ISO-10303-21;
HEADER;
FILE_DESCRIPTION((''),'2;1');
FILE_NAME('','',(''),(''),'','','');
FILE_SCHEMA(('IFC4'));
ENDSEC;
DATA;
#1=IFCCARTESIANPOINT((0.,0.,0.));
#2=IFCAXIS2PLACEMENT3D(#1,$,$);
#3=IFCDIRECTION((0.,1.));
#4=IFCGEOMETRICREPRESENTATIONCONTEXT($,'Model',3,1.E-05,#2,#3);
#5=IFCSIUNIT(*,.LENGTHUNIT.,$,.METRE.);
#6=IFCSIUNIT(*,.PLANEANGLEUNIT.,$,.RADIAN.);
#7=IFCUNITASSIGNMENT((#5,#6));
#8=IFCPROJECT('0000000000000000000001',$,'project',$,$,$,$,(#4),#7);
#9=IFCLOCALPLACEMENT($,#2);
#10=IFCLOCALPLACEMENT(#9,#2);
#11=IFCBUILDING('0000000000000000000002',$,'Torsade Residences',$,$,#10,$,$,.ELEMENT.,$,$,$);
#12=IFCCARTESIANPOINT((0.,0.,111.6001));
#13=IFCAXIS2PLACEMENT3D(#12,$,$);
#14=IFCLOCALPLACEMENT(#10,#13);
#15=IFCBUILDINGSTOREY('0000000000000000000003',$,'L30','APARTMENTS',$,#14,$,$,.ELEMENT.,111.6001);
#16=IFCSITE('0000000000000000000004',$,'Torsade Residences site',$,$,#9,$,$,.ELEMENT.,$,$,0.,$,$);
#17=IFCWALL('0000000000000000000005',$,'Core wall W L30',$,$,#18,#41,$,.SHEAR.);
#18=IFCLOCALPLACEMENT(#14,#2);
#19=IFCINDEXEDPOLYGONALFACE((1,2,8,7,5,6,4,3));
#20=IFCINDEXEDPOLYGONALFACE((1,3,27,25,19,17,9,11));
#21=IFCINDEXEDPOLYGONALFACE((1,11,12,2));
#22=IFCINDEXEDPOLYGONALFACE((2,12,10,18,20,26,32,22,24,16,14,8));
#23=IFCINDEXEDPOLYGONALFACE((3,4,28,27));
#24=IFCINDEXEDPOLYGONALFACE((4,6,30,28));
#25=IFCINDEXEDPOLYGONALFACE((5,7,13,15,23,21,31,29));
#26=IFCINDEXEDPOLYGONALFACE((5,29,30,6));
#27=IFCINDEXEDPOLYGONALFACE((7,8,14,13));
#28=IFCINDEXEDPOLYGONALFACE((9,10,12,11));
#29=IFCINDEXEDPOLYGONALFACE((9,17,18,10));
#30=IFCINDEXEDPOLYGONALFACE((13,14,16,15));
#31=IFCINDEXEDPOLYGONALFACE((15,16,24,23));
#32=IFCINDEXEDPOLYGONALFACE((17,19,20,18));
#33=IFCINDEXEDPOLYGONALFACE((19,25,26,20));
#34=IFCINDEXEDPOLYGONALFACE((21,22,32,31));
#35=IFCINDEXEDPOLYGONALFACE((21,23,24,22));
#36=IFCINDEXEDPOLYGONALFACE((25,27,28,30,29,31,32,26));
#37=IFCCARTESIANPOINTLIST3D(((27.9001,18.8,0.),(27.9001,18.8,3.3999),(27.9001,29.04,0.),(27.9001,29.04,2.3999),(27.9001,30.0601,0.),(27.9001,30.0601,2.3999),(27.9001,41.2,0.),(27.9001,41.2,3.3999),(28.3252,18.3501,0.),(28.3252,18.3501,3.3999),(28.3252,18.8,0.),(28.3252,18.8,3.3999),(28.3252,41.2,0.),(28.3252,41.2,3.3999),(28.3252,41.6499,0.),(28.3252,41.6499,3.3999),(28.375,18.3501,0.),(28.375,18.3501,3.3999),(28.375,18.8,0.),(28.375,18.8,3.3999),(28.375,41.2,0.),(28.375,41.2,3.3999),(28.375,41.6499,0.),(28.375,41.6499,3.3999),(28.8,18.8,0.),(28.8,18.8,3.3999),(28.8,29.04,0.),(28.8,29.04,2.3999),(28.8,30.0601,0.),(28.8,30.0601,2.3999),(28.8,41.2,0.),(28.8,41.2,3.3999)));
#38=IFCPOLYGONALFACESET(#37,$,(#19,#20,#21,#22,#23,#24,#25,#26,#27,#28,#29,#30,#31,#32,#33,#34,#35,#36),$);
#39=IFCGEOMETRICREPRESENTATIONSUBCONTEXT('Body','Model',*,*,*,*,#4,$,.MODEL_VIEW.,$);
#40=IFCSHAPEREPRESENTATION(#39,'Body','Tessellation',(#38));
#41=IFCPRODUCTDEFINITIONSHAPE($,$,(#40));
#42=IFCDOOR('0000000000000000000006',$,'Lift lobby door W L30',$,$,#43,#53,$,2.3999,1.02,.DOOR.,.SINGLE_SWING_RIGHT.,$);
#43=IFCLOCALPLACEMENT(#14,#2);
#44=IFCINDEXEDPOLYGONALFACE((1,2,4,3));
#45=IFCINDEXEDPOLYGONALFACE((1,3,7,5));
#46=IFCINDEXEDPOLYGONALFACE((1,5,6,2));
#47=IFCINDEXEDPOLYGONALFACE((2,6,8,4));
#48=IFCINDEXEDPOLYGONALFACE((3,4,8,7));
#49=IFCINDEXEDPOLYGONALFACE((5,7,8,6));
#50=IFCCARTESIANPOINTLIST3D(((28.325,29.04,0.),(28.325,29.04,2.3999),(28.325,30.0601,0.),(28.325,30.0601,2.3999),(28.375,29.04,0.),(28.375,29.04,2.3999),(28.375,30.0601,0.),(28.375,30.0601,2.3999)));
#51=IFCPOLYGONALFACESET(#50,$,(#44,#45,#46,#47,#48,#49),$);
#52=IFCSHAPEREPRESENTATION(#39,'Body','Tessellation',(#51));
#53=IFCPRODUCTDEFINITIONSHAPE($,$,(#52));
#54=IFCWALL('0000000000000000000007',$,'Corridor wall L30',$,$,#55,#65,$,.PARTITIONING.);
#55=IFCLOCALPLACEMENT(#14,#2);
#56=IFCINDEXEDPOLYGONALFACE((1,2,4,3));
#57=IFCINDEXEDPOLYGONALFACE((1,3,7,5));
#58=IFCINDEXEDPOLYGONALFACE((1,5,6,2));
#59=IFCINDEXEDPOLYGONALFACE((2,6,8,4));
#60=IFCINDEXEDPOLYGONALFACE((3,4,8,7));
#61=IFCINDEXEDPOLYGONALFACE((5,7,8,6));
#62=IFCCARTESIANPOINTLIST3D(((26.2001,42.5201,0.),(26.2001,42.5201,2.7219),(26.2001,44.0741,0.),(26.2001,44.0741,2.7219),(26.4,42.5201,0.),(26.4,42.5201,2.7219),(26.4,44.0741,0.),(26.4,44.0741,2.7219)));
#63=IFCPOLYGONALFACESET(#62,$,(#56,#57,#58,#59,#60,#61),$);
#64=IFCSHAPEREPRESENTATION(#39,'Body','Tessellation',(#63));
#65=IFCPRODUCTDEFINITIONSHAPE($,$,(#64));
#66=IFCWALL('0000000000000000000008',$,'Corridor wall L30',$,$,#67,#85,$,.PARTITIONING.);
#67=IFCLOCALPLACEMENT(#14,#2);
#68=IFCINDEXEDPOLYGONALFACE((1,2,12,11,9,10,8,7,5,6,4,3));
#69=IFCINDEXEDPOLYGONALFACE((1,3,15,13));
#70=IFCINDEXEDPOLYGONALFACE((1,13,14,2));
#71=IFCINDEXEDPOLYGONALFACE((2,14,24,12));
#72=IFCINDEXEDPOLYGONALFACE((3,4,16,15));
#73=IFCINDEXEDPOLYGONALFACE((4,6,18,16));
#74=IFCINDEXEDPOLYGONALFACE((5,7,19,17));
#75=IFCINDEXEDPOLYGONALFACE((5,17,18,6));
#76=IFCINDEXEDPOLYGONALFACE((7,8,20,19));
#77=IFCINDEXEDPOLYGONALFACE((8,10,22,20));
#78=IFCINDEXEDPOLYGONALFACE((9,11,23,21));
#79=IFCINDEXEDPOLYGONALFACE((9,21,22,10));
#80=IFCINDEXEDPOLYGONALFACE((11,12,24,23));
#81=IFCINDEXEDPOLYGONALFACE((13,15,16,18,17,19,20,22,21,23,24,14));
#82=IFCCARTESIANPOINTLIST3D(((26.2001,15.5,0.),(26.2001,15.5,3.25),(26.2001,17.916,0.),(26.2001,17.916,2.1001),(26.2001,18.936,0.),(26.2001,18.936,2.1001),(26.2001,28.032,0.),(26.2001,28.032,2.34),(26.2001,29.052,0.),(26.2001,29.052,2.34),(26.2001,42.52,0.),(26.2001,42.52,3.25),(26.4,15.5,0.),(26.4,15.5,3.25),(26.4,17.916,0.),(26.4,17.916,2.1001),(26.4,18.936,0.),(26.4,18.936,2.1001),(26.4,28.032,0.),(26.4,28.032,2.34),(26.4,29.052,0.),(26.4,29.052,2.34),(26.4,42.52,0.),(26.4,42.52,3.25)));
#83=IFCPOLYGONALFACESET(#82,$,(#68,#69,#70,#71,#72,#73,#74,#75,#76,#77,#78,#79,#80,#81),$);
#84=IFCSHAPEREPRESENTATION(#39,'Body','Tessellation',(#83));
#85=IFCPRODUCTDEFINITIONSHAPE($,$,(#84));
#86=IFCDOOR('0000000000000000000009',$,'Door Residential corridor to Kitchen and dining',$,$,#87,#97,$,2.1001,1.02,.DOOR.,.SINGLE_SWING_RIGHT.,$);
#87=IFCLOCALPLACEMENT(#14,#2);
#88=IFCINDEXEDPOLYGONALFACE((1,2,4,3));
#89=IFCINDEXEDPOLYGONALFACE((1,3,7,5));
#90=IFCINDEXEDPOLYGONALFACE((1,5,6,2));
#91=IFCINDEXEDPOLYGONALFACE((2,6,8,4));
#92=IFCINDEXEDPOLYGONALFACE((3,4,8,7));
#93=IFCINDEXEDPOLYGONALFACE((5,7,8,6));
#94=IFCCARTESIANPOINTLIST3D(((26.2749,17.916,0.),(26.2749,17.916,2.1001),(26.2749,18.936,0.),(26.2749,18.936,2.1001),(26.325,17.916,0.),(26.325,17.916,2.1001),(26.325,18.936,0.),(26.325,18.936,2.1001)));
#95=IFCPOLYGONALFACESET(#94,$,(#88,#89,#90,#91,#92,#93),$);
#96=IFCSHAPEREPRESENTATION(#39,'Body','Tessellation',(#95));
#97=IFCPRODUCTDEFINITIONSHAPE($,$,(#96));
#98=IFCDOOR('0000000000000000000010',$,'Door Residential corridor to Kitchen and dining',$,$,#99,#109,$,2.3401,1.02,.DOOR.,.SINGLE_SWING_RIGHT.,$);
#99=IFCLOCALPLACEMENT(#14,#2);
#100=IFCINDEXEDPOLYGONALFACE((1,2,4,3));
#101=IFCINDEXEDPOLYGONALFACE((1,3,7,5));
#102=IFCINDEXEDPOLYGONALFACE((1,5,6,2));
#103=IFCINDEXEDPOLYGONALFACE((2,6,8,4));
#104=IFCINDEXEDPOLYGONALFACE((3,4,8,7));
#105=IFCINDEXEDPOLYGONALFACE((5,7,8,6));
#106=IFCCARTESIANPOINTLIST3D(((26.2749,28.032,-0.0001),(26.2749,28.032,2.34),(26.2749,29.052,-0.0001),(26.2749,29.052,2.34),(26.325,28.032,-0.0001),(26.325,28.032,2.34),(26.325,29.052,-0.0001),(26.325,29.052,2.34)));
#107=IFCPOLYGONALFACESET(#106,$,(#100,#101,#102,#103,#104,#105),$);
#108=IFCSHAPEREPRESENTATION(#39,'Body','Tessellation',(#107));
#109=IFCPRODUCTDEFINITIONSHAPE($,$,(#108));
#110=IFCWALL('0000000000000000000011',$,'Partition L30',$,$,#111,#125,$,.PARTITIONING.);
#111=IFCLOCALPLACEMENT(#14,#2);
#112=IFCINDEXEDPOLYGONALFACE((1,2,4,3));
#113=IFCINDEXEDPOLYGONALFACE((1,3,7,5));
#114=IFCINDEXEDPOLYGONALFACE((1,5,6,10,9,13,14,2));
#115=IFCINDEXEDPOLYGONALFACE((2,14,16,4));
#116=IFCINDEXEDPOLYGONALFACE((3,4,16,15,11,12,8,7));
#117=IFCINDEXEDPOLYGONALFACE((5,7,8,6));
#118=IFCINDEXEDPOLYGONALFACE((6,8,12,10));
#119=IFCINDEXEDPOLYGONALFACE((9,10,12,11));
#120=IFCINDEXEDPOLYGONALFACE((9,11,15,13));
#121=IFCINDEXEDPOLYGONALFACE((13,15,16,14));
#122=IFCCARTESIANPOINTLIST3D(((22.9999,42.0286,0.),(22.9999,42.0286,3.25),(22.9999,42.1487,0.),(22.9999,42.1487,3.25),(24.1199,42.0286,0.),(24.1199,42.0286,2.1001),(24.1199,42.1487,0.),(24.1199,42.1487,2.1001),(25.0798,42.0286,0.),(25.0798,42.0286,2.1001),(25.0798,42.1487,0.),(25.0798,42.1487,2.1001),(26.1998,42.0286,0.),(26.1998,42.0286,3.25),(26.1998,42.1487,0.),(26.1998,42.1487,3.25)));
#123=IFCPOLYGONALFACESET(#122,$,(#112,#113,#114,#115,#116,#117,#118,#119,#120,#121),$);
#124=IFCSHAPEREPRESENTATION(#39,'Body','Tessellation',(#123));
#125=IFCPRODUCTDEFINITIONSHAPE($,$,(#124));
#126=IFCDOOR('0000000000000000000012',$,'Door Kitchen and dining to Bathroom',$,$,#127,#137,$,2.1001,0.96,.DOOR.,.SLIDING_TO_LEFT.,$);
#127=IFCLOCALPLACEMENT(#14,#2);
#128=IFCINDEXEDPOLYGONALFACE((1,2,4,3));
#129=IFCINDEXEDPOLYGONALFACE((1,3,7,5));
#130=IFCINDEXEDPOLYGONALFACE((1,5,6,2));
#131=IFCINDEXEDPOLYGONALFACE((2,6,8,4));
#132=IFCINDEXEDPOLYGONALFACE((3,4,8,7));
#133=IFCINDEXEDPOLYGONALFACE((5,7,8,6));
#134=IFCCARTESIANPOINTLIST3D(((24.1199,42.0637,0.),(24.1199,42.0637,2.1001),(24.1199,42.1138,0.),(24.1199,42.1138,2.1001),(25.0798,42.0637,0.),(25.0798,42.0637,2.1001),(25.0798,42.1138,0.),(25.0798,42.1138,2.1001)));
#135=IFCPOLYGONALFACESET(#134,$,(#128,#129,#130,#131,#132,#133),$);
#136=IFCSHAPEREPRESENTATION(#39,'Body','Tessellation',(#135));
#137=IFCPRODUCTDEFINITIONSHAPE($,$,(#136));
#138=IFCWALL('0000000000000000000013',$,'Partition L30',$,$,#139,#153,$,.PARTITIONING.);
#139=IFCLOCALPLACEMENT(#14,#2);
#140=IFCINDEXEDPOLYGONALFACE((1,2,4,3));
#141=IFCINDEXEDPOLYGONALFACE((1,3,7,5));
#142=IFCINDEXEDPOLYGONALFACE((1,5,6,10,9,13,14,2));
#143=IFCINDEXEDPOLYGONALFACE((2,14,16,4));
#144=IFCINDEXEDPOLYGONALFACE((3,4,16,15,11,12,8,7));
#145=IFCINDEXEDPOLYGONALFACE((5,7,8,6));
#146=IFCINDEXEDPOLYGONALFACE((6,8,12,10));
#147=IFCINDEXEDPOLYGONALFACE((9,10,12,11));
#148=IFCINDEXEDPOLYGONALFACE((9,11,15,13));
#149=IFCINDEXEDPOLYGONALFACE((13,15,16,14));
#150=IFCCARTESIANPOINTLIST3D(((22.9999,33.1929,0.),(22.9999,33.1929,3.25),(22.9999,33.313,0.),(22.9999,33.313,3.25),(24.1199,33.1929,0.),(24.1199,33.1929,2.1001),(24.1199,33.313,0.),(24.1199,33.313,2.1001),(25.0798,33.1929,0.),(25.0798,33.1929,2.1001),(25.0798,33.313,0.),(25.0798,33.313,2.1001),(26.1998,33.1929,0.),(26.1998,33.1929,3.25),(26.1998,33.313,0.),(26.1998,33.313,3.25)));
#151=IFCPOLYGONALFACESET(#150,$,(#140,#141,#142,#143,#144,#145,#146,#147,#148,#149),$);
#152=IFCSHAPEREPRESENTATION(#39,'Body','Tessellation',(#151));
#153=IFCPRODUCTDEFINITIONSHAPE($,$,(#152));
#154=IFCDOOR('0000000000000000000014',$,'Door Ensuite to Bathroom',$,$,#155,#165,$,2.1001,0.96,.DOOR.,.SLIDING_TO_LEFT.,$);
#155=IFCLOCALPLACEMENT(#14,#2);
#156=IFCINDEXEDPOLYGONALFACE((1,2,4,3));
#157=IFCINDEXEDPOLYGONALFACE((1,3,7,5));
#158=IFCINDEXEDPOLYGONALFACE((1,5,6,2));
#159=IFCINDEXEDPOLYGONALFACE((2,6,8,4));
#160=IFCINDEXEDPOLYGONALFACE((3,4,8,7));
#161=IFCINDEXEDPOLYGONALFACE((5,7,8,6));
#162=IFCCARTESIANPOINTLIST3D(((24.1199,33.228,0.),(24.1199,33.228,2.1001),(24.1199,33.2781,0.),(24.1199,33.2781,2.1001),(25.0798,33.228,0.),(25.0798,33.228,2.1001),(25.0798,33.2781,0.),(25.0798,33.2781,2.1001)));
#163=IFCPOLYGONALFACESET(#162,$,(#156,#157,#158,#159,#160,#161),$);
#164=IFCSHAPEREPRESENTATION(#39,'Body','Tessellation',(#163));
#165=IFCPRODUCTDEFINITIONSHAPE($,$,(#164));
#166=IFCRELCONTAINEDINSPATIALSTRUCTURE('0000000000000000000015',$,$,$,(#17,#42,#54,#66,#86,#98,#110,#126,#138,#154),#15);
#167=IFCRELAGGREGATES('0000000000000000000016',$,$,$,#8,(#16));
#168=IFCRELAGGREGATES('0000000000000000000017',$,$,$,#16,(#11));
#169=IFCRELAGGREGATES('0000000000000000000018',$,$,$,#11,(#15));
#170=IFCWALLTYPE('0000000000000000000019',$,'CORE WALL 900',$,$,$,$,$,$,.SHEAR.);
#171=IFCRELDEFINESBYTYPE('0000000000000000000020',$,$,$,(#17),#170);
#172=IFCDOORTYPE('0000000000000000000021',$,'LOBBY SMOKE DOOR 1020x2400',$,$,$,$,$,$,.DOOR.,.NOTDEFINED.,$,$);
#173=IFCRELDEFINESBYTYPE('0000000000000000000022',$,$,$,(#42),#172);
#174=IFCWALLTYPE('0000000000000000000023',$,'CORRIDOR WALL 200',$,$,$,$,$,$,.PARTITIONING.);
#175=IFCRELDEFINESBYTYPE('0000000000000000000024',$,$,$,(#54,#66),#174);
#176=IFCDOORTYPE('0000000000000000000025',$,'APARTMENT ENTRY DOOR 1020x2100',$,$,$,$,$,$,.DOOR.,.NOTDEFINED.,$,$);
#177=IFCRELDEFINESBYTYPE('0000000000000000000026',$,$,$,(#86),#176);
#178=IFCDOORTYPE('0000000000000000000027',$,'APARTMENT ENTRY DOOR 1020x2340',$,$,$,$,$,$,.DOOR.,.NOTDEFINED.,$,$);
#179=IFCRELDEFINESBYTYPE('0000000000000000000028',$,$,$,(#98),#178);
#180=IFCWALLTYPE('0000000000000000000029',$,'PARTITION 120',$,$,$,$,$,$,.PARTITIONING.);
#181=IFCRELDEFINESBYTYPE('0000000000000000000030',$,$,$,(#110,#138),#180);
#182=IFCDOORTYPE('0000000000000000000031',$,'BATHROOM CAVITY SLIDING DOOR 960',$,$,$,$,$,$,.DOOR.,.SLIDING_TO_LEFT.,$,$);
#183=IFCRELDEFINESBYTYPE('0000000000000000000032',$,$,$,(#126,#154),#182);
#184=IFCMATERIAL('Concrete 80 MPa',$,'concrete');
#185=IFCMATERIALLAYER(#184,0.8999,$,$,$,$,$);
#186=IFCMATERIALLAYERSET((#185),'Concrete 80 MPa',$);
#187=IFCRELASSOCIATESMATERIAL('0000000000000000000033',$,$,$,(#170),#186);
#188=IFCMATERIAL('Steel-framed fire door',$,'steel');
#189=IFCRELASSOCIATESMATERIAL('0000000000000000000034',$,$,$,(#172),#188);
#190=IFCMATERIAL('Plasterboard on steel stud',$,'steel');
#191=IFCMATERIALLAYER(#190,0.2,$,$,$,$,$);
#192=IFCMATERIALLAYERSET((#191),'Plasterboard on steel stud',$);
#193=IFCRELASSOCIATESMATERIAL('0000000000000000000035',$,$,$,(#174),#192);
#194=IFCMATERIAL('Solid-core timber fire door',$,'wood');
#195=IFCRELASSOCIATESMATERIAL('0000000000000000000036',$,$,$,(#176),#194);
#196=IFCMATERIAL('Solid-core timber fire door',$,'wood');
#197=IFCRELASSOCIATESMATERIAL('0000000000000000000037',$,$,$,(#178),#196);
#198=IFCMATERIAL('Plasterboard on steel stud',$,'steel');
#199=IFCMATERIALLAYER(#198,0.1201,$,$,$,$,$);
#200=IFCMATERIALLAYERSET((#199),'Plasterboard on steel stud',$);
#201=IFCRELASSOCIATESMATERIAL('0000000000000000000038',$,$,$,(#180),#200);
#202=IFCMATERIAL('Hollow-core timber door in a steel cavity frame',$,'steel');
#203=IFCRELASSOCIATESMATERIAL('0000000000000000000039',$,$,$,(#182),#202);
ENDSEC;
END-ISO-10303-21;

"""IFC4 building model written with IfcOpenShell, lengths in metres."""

from ifc_helpers import new_model, si_unit, direction, frame, frame_2d, origin, place, context, subcontext, project, spatial, polyline, rectangle, outline, extrude, material, layer, layer_set, type_object, element, fill, save


model = new_model("IFC4")

# Units and contexts
model_context = context("Model", 3, precision=1e-05, world=origin(), true_north=direction((0.0, 1.0)))
body_context = subcontext(model_context, "Body", "Model", "MODEL_VIEW")
ifc_project = project(units=[si_unit("LENGTHUNIT", "METRE"), si_unit("PLANEANGLEUNIT", "RADIAN")], contexts=[model_context])

# Site, building, storey
site_placement = place(None, origin())
site = spatial("IfcSite", under=ifc_project, at=site_placement, Name="Torsade Residences site", CompositionType="ELEMENT", RefElevation=0.0)
building_placement = place(site_placement, origin())
building = spatial("IfcBuilding", under=site, at=building_placement, Name="Torsade Residences", CompositionType="ELEMENT")
storey_placement = place(building_placement, frame((0.0, 0.0, 111.6001)))
storey = spatial("IfcBuildingStorey", under=building, at=storey_placement, Name="L30", Description="APARTMENTS", CompositionType="ELEMENT", Elevation=111.6001)

# Shared definitions
ifc_material_1 = material(Name="Concrete 80 MPa", Category="concrete")
ifc_layer_1 = layer(ifc_material_1, 0.8999)
ifc_layer_set_1 = layer_set([ifc_layer_1], Name="Concrete 80 MPa")
wall_type_1 = type_object("IfcWallType", Name="CORE WALL 900", PredefinedType="SHEAR", material=ifc_layer_set_1)

# Wall, opening, door
wall_1_placement = place(storey_placement, frame((28.3501, 41.2, 0.0), z_axis=(0.0, 0.0, 1.0), x_axis=(0.0, -1.0, 0.0)))
wall_1 = element("IfcWall", 1, at=wall_1_placement, inside=storey, type_object=wall_type_1, Name="Core wall W L30", PredefinedType="SHEAR", context=body_context, shape_type="SweptSolid", body=[
    extrude(outline(polyline([(0.0, -0.45), (22.3999, -0.45), (22.3999, -0.0249), (22.8499, -0.0249), (22.8499, 0.0249), (22.3999, 0.0249), (22.3999, 0.45), (0.0, 0.45), (0.0, 0.0249), (-0.45, 0.0249), (-0.45, -0.0249), (0.0, -0.0249), (0.0, -0.45)])), origin(), (0.0, 0.0, 1.0), 3.3999),
])
opening_1_placement = place(wall_1_placement, frame((11.1399, 0.0, 0.0)))
opening_1 = element("IfcOpeningElement", 2, at=opening_1_placement, cuts=wall_1, PredefinedType="OPENING", context=body_context, shape_type="SweptSolid", body=[
    extrude(rectangle(XDim=1.02, YDim=2.3999, at=frame_2d((0.51, 1.2))), frame((0.0, 0.46, 0.0), z_axis=(0.0, -1.0, 0.0), x_axis=(1.0, 0.0, 0.0)), (0.0, 0.0, 1.0), 0.9199),
])
ifc_material_2 = material(Name="Steel-framed fire door", Category="steel")
door_type_1 = type_object("IfcDoorType", Name="LOBBY SMOKE DOOR 1020x2400", OperationType="NOTDEFINED", PredefinedType="DOOR", material=ifc_material_2)
door_1_placement = place(opening_1_placement, origin())
door_1 = element("IfcDoor", 3, at=door_1_placement, inside=storey, type_object=door_type_1, Name="Lift lobby door W L30", OperationType="SINGLE_SWING_RIGHT", OverallHeight=2.3999, OverallWidth=1.02, PredefinedType="DOOR", context=body_context, shape_type="SweptSolid", body=[
    extrude(rectangle(XDim=1.02, YDim=2.3999, at=frame_2d((0.51, 1.2))), frame((0.0, 0.0249, 0.0), z_axis=(0.0, -1.0, 0.0), x_axis=(1.0, 0.0, 0.0)), (0.0, 0.0, 1.0), 0.05),
])
fill(opening_1, door_1)

# Wall
ifc_material_3 = material(Name="Plasterboard on steel stud", Category="steel")
ifc_layer_2 = layer(ifc_material_3, 0.2)
ifc_layer_set_2 = layer_set([ifc_layer_2], Name="Plasterboard on steel stud")
wall_type_2 = type_object("IfcWallType", Name="CORRIDOR WALL 200", PredefinedType="PARTITIONING", material=ifc_layer_set_2)
wall_2_placement = place(storey_placement, frame((26.3, 44.074, 0.0), z_axis=(0.0, 0.0, 1.0), x_axis=(0.0, -1.0, 0.0)))
element("IfcWall", 4, at=wall_2_placement, inside=storey, type_object=wall_type_2, Name="Corridor wall L30", PredefinedType="PARTITIONING", context=body_context, shape_type="SweptSolid", body=[
    extrude(rectangle(XDim=1.554, YDim=0.2, at=frame_2d((0.7769, 0.0))), origin(), (0.0, 0.0, 1.0), 2.7219),
])

# Wall, openings, doors
wall_3_placement = place(storey_placement, frame((26.3, 42.52, 0.0), z_axis=(0.0, 0.0, 1.0), x_axis=(0.0, -1.0, 0.0)))
wall_3 = element("IfcWall", 5, at=wall_3_placement, inside=storey, type_object=wall_type_2, Name="Corridor wall L30", PredefinedType="PARTITIONING", context=body_context, shape_type="SweptSolid", body=[
    extrude(rectangle(XDim=27.02, YDim=0.2, at=frame_2d((13.51, 0.0))), origin(), (0.0, 0.0, 1.0), 3.25),
])
opening_2_placement = place(wall_3_placement, frame((23.584, 0.0, 0.0)))
opening_2 = element("IfcOpeningElement", 6, at=opening_2_placement, cuts=wall_3, PredefinedType="OPENING", context=body_context, shape_type="SweptSolid", body=[
    extrude(rectangle(XDim=1.02, YDim=2.1001, at=frame_2d((0.51, 1.05))), frame((0.0, 0.1099, 0.0), z_axis=(0.0, -1.0, 0.0), x_axis=(1.0, 0.0, 0.0)), (0.0, 0.0, 1.0), 0.22),
])
opening_3_placement = place(wall_3_placement, frame((13.468, 0.0, 0.0)))
opening_3 = element("IfcOpeningElement", 7, at=opening_3_placement, cuts=wall_3, PredefinedType="OPENING", context=body_context, shape_type="SweptSolid", body=[
    extrude(rectangle(XDim=1.02, YDim=2.3401, at=frame_2d((0.51, 1.1699))), frame((0.0, 0.1099, 0.0), z_axis=(0.0, -1.0, 0.0), x_axis=(1.0, 0.0, 0.0)), (0.0, 0.0, 1.0), 0.22),
])
ifc_material_4 = material(Name="Solid-core timber fire door", Category="wood")
door_type_2 = type_object("IfcDoorType", Name="APARTMENT ENTRY DOOR 1020x2100", OperationType="NOTDEFINED", PredefinedType="DOOR", material=ifc_material_4)
door_2_placement = place(opening_2_placement, origin())
door_2 = element("IfcDoor", 8, at=door_2_placement, inside=storey, type_object=door_type_2, Name="Door Residential corridor to Kitchen and dining", OperationType="SINGLE_SWING_RIGHT", OverallHeight=2.1001, OverallWidth=1.02, PredefinedType="DOOR", context=body_context, shape_type="SweptSolid", body=[
    extrude(rectangle(XDim=1.02, YDim=2.1001, at=frame_2d((0.51, 1.05))), frame((0.0, 0.0249, 0.0), z_axis=(0.0, -1.0, 0.0), x_axis=(1.0, 0.0, 0.0)), (0.0, 0.0, 1.0), 0.05),
])
fill(opening_2, door_2)
ifc_material_5 = material(Name="Solid-core timber fire door", Category="wood")
door_type_3 = type_object("IfcDoorType", Name="APARTMENT ENTRY DOOR 1020x2340", OperationType="NOTDEFINED", PredefinedType="DOOR", material=ifc_material_5)
door_3_placement = place(opening_3_placement, origin())
door_3 = element("IfcDoor", 9, at=door_3_placement, inside=storey, type_object=door_type_3, Name="Door Residential corridor to Kitchen and dining", OperationType="SINGLE_SWING_RIGHT", OverallHeight=2.3401, OverallWidth=1.02, PredefinedType="DOOR", context=body_context, shape_type="SweptSolid", body=[
    extrude(rectangle(XDim=1.02, YDim=2.3401, at=frame_2d((0.51, 1.1699))), frame((0.0, 0.0249, 0.0), z_axis=(0.0, -1.0, 0.0), x_axis=(1.0, 0.0, 0.0)), (0.0, 0.0, 1.0), 0.05),
])
fill(opening_3, door_3)

# Walls, openings, doors
ifc_material_6 = material(Name="Plasterboard on steel stud", Category="steel")
ifc_layer_3 = layer(ifc_material_6, 0.1201)
ifc_layer_set_3 = layer_set([ifc_layer_3], Name="Plasterboard on steel stud")
wall_type_3 = type_object("IfcWallType", Name="PARTITION 120", PredefinedType="PARTITIONING", material=ifc_layer_set_3)
wall_4_placement = place(storey_placement, frame((26.2, 42.0886, 0.0), z_axis=(0.0, 0.0, 1.0), x_axis=(-1.0, 0.0, 0.0)))
wall_4 = element("IfcWall", 10, at=wall_4_placement, inside=storey, type_object=wall_type_3, Name="Partition L30", PredefinedType="PARTITIONING", context=body_context, shape_type="SweptSolid", body=[
    extrude(rectangle(XDim=3.2, YDim=0.1201, at=frame_2d((1.6001, 0.0))), origin(), (0.0, 0.0, 1.0), 3.25),
])
opening_4_placement = place(wall_4_placement, frame((1.1201, 0.0, 0.0)))
opening_4 = element("IfcOpeningElement", 11, at=opening_4_placement, cuts=wall_4, PredefinedType="OPENING", context=body_context, shape_type="SweptSolid", body=[
    extrude(rectangle(XDim=0.96, YDim=2.1001, at=frame_2d((0.48, 1.05))), frame((0.0, 0.0701, 0.0), z_axis=(0.0, -1.0, 0.0), x_axis=(1.0, 0.0, 0.0)), (0.0, 0.0, 1.0), 0.1401),
])
ifc_material_7 = material(Name="Hollow-core timber door in a steel cavity frame", Category="steel")
door_type_4 = type_object("IfcDoorType", Name="BATHROOM CAVITY SLIDING DOOR 960", OperationType="SLIDING_TO_LEFT", PredefinedType="DOOR", material=ifc_material_7)
door_4_placement = place(opening_4_placement, origin())
door_4 = element("IfcDoor", 12, at=door_4_placement, inside=storey, type_object=door_type_4, Name="Door Kitchen and dining to Bathroom", OperationType="SLIDING_TO_LEFT", OverallHeight=2.1001, OverallWidth=0.96, PredefinedType="DOOR", context=body_context, shape_type="SweptSolid", body=[
    extrude(rectangle(XDim=0.96, YDim=2.1001, at=frame_2d((0.48, 1.05))), frame((0.0, 0.0249, 0.0), z_axis=(0.0, -1.0, 0.0), x_axis=(1.0, 0.0, 0.0)), (0.0, 0.0, 1.0), 0.05),
])
fill(opening_4, door_4)
wall_5_placement = place(storey_placement, frame((26.2, 33.2529, 0.0), z_axis=(0.0, 0.0, 1.0), x_axis=(-1.0, 0.0, 0.0)))
wall_5 = element("IfcWall", 13, at=wall_5_placement, inside=storey, type_object=wall_type_3, Name="Partition L30", PredefinedType="PARTITIONING", context=body_context, shape_type="SweptSolid", body=[
    extrude(rectangle(XDim=3.2, YDim=0.1201, at=frame_2d((1.6001, 0.0))), origin(), (0.0, 0.0, 1.0), 3.25),
])
opening_5_placement = place(wall_5_placement, frame((1.1201, 0.0, 0.0)))
opening_5 = element("IfcOpeningElement", 14, at=opening_5_placement, cuts=wall_5, PredefinedType="OPENING", context=body_context, shape_type="SweptSolid", body=[
    extrude(rectangle(XDim=0.96, YDim=2.1001, at=frame_2d((0.48, 1.05))), frame((0.0, 0.0701, 0.0), z_axis=(0.0, -1.0, 0.0), x_axis=(1.0, 0.0, 0.0)), (0.0, 0.0, 1.0), 0.1401),
])
door_5_placement = place(opening_5_placement, origin())
door_5 = element("IfcDoor", 15, at=door_5_placement, inside=storey, type_object=door_type_4, Name="Door Ensuite to Bathroom", OperationType="SLIDING_TO_LEFT", OverallHeight=2.1001, OverallWidth=0.96, PredefinedType="DOOR", context=body_context, shape_type="SweptSolid", body=[
    extrude(rectangle(XDim=0.96, YDim=2.1001, at=frame_2d((0.48, 1.05))), frame((0.0, 0.0249, 0.0), z_axis=(0.0, -1.0, 0.0), x_axis=(1.0, 0.0, 0.0)), (0.0, 0.0, 1.0), 0.05),
])
fill(opening_5, door_5)

save(model, "model.ifc")
